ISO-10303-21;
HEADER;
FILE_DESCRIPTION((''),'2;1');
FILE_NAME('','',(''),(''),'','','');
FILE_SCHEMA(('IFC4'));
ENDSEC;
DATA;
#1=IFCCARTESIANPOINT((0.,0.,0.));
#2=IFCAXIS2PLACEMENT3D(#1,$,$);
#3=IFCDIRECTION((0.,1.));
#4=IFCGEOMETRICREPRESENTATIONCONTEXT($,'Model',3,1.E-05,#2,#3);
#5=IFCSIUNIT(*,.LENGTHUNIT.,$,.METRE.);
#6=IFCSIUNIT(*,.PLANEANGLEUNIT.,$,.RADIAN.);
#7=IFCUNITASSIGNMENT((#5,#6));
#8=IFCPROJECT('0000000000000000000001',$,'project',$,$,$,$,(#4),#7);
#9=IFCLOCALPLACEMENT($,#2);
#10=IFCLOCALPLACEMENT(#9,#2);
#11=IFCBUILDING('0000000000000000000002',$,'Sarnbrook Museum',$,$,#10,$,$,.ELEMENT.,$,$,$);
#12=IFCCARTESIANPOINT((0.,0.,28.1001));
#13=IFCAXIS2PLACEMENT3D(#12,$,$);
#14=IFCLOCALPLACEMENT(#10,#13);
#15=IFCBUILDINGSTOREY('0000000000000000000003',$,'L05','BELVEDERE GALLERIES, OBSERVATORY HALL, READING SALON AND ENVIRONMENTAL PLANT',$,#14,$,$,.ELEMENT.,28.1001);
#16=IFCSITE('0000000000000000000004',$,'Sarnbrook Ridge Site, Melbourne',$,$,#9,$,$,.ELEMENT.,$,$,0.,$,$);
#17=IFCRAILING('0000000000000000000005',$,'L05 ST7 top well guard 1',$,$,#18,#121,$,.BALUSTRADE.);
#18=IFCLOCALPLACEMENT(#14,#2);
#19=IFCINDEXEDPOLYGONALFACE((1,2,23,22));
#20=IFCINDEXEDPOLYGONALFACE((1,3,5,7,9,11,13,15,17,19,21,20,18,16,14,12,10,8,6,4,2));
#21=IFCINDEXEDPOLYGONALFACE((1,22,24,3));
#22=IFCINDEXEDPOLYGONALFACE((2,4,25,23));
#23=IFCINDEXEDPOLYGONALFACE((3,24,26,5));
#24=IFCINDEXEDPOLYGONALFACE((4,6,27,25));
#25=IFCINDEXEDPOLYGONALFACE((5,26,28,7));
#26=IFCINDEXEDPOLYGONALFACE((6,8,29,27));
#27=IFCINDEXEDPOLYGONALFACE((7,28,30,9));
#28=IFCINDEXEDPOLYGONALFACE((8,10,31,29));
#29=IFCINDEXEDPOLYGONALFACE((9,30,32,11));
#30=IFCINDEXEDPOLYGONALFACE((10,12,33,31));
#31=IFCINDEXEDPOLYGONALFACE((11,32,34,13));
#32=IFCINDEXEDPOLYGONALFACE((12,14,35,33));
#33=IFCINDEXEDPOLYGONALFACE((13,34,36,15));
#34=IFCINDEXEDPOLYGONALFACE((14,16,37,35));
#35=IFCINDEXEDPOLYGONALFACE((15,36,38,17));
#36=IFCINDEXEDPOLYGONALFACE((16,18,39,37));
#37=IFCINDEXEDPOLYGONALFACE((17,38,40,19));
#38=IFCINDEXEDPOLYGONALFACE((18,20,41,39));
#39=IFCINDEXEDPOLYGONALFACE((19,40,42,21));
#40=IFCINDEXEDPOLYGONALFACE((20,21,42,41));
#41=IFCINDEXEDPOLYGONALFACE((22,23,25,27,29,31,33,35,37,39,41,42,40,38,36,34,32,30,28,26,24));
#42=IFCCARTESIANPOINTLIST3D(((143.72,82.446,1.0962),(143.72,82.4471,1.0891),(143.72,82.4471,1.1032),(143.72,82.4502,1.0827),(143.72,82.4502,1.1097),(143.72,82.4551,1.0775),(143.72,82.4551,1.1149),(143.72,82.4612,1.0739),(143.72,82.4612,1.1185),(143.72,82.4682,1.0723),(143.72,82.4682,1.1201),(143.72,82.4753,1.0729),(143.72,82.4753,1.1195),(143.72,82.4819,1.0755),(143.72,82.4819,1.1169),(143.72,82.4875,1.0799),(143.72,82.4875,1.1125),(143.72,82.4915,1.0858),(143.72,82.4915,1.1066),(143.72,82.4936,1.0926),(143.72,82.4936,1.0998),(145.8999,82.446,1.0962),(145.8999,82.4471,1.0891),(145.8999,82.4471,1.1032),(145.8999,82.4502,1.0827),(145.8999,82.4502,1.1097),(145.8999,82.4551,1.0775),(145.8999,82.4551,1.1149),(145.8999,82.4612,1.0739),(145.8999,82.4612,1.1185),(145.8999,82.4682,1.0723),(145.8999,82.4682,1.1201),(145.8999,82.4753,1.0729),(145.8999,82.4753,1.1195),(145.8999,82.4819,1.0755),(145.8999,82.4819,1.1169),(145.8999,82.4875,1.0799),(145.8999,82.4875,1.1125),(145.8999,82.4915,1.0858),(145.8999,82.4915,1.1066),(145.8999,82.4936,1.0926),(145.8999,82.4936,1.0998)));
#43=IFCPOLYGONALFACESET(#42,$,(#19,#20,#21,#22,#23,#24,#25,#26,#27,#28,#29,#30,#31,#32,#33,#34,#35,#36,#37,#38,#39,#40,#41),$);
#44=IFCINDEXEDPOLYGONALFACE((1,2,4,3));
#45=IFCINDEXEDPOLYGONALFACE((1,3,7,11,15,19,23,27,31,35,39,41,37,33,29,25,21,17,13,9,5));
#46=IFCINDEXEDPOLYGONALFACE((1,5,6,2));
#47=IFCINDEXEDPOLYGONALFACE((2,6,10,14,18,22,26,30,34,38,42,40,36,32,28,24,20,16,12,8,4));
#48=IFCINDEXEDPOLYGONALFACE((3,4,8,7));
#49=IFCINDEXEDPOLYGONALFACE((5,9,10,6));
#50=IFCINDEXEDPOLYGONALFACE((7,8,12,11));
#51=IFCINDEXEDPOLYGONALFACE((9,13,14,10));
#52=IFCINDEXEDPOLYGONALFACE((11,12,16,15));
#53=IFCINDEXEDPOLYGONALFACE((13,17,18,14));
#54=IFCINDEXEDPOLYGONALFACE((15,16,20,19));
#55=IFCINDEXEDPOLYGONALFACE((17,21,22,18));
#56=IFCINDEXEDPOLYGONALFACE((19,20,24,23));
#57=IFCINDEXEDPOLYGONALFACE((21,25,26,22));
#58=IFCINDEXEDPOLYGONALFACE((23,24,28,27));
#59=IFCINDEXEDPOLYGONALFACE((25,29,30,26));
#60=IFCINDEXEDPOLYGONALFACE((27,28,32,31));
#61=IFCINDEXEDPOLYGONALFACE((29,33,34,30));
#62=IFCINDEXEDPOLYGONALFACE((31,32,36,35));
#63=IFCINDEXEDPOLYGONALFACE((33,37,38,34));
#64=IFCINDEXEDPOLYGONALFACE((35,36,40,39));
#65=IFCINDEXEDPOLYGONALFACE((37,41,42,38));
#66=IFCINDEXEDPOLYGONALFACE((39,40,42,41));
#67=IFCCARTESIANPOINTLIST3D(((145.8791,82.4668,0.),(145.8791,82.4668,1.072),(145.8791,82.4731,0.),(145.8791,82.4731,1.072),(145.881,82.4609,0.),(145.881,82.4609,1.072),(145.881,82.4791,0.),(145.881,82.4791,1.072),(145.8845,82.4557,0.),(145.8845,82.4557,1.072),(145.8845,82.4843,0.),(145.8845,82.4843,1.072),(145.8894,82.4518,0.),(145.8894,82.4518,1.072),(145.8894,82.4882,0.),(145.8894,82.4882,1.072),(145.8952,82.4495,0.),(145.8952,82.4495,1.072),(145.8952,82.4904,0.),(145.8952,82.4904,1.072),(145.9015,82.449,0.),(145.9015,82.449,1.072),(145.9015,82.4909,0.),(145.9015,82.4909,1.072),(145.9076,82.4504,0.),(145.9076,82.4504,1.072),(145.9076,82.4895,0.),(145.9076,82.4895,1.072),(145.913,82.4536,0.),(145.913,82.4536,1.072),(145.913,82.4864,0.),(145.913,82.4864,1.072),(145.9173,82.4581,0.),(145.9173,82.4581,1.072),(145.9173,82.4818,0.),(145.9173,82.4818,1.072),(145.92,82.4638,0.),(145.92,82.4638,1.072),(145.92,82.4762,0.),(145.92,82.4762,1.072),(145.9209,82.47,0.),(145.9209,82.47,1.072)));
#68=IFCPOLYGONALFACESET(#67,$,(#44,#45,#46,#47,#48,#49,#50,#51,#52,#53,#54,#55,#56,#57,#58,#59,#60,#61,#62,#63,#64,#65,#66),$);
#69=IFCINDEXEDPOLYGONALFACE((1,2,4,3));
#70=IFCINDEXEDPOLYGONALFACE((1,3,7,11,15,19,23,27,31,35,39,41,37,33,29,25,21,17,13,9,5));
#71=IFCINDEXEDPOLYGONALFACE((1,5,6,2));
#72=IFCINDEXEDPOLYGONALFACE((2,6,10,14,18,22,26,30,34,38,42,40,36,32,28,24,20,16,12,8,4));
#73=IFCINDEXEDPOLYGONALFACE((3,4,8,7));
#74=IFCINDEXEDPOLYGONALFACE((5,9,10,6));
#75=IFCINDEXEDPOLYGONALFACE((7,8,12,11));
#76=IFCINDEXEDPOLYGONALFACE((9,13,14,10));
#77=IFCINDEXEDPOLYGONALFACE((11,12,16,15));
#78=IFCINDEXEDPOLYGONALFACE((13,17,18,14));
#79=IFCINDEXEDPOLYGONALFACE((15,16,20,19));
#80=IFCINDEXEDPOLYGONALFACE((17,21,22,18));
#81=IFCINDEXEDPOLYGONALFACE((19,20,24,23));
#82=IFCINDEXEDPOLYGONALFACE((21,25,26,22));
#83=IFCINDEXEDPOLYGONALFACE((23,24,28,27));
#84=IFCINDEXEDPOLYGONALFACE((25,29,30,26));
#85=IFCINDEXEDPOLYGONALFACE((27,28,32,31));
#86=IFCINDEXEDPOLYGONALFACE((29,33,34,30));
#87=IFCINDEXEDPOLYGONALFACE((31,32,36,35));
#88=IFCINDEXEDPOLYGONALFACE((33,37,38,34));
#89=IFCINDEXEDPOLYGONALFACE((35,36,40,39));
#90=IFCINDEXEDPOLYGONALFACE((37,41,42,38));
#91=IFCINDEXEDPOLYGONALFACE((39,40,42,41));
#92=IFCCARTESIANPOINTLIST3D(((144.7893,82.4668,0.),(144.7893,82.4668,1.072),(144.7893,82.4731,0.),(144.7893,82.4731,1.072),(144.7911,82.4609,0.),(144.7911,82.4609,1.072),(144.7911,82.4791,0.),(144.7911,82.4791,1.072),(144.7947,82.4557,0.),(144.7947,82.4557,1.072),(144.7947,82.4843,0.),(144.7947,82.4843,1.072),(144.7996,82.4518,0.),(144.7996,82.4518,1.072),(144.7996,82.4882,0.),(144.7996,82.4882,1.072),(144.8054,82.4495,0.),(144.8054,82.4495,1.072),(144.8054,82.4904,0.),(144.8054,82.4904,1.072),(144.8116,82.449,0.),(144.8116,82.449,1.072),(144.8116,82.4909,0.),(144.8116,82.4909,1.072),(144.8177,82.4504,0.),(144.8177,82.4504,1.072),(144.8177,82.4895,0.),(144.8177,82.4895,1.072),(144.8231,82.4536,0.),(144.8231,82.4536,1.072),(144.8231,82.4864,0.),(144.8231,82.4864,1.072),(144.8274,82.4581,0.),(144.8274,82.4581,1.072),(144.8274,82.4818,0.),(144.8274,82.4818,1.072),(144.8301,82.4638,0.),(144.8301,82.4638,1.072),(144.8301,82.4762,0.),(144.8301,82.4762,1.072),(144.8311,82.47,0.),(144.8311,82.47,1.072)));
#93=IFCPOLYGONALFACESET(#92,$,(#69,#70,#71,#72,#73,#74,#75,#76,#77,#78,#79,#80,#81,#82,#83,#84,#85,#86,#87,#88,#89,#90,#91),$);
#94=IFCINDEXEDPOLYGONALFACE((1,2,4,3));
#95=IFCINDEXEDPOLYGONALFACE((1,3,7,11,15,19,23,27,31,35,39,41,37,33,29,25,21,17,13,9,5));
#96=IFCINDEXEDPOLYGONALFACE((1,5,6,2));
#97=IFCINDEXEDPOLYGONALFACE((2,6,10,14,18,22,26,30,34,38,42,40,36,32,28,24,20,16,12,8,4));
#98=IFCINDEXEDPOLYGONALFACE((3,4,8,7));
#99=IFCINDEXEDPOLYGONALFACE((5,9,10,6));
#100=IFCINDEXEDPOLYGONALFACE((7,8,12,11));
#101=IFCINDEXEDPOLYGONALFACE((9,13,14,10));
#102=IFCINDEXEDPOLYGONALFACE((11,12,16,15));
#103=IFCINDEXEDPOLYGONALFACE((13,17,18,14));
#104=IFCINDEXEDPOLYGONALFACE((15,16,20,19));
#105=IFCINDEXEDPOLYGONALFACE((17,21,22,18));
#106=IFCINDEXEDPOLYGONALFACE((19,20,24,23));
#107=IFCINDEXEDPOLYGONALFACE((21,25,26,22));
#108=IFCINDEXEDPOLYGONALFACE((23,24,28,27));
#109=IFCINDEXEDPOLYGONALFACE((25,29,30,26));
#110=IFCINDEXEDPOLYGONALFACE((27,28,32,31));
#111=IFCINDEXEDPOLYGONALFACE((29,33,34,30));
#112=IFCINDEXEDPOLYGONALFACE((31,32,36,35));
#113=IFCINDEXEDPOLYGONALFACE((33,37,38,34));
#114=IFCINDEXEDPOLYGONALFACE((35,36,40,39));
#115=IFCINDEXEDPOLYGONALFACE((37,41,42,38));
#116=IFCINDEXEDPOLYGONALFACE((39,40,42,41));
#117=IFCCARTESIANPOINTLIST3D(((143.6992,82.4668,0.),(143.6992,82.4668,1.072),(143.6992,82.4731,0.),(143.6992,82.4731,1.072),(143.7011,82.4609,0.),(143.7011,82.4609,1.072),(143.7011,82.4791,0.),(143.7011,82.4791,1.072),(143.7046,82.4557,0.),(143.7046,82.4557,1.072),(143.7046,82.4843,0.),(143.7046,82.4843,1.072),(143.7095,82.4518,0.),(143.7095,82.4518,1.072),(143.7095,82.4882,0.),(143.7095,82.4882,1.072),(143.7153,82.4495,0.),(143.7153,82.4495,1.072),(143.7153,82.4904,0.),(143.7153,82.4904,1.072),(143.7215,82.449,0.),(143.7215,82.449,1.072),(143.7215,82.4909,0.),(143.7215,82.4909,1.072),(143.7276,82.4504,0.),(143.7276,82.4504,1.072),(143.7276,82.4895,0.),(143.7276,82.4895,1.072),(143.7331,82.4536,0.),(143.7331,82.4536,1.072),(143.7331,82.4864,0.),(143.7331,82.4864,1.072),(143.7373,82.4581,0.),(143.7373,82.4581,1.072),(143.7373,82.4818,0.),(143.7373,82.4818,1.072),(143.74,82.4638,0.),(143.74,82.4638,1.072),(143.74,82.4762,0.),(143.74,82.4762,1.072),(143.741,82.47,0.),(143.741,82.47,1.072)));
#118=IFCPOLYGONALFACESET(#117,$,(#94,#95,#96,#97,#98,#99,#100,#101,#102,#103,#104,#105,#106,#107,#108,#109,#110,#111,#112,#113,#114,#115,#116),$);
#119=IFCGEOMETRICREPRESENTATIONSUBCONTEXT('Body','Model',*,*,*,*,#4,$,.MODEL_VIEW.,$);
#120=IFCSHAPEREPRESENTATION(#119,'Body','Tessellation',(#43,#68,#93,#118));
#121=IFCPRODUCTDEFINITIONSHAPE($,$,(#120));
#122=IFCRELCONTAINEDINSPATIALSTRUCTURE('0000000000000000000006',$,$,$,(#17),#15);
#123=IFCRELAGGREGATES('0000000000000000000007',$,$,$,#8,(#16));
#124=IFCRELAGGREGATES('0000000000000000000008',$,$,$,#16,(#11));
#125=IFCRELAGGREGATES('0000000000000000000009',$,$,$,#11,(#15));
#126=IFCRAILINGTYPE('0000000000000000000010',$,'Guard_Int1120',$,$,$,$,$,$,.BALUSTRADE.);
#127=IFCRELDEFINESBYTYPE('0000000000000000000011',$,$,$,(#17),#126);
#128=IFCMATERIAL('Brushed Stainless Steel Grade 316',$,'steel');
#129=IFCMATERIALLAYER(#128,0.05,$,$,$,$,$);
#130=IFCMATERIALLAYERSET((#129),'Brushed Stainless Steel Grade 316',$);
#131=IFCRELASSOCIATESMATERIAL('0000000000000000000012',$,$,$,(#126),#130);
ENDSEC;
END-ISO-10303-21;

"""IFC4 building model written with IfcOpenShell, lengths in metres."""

from ifc_helpers import new_model, si_unit, direction, frame, origin, origin_2d, place, context, subcontext, project, spatial, circle, extrude, material, layer, layer_set, type_object, element, save


model = new_model("IFC4")

# Units and contexts
model_context = context("Model", 3, precision=1e-05, world=origin(), true_north=direction((0.0, 1.0)))
body_context = subcontext(model_context, "Body", "Model", "MODEL_VIEW")
ifc_project = project(units=[si_unit("LENGTHUNIT", "METRE"), si_unit("PLANEANGLEUNIT", "RADIAN")], contexts=[model_context])

# Site, building, storey
site_placement = place(None, origin())
site = spatial("IfcSite", under=ifc_project, at=site_placement, Name="Sarnbrook Ridge Site, Melbourne", CompositionType="ELEMENT", RefElevation=0.0)
building_placement = place(site_placement, origin())
building = spatial("IfcBuilding", under=site, at=building_placement, Name="Sarnbrook Museum", CompositionType="ELEMENT")
storey_placement = place(building_placement, frame((0.0, 0.0, 28.1001)))
storey = spatial("IfcBuildingStorey", under=building, at=storey_placement, Name="L05", Description="BELVEDERE GALLERIES, OBSERVATORY HALL, READING SALON AND ENVIRONMENTAL PLANT", CompositionType="ELEMENT", Elevation=28.1001)

# Railing
ifc_material_1 = material(Name="Brushed Stainless Steel Grade 316", Category="steel")
ifc_layer_1 = layer(ifc_material_1, 0.05)
ifc_layer_set_1 = layer_set([ifc_layer_1], Name="Brushed Stainless Steel Grade 316")
railing_type = type_object("IfcRailingType", Name="Guard_Int1120", PredefinedType="BALUSTRADE", material=ifc_layer_set_1)
railing_placement = place(storey_placement, frame((145.8999, 82.47, 0.0)))
element("IfcRailing", 1, at=railing_placement, inside=storey, type_object=railing_type, Name="L05 ST7 top well guard 1", PredefinedType="BALUSTRADE", context=body_context, shape_type="SweptSolid", body=[
    extrude(circle(Radius=0.0239, at=origin_2d()), frame((0.0, 0.0, 1.0962), z_axis=(-1.0, 0.0, 0.0), x_axis=(0.0, -1.0, 0.0)), (0.0, 0.0, 1.0), 2.1799),
    extrude(circle(Radius=0.021, at=origin_2d()), origin(), (0.0, 0.0, 1.0), 1.072),
    extrude(circle(Radius=0.021, at=origin_2d()), frame((-1.0898, 0.0, 0.0)), (0.0, 0.0, 1.0), 1.072),
    extrude(circle(Radius=0.021, at=origin_2d()), frame((-2.1799, 0.0, 0.0)), (0.0, 0.0, 1.0), 1.072),
])

save(model, "model.ifc")
